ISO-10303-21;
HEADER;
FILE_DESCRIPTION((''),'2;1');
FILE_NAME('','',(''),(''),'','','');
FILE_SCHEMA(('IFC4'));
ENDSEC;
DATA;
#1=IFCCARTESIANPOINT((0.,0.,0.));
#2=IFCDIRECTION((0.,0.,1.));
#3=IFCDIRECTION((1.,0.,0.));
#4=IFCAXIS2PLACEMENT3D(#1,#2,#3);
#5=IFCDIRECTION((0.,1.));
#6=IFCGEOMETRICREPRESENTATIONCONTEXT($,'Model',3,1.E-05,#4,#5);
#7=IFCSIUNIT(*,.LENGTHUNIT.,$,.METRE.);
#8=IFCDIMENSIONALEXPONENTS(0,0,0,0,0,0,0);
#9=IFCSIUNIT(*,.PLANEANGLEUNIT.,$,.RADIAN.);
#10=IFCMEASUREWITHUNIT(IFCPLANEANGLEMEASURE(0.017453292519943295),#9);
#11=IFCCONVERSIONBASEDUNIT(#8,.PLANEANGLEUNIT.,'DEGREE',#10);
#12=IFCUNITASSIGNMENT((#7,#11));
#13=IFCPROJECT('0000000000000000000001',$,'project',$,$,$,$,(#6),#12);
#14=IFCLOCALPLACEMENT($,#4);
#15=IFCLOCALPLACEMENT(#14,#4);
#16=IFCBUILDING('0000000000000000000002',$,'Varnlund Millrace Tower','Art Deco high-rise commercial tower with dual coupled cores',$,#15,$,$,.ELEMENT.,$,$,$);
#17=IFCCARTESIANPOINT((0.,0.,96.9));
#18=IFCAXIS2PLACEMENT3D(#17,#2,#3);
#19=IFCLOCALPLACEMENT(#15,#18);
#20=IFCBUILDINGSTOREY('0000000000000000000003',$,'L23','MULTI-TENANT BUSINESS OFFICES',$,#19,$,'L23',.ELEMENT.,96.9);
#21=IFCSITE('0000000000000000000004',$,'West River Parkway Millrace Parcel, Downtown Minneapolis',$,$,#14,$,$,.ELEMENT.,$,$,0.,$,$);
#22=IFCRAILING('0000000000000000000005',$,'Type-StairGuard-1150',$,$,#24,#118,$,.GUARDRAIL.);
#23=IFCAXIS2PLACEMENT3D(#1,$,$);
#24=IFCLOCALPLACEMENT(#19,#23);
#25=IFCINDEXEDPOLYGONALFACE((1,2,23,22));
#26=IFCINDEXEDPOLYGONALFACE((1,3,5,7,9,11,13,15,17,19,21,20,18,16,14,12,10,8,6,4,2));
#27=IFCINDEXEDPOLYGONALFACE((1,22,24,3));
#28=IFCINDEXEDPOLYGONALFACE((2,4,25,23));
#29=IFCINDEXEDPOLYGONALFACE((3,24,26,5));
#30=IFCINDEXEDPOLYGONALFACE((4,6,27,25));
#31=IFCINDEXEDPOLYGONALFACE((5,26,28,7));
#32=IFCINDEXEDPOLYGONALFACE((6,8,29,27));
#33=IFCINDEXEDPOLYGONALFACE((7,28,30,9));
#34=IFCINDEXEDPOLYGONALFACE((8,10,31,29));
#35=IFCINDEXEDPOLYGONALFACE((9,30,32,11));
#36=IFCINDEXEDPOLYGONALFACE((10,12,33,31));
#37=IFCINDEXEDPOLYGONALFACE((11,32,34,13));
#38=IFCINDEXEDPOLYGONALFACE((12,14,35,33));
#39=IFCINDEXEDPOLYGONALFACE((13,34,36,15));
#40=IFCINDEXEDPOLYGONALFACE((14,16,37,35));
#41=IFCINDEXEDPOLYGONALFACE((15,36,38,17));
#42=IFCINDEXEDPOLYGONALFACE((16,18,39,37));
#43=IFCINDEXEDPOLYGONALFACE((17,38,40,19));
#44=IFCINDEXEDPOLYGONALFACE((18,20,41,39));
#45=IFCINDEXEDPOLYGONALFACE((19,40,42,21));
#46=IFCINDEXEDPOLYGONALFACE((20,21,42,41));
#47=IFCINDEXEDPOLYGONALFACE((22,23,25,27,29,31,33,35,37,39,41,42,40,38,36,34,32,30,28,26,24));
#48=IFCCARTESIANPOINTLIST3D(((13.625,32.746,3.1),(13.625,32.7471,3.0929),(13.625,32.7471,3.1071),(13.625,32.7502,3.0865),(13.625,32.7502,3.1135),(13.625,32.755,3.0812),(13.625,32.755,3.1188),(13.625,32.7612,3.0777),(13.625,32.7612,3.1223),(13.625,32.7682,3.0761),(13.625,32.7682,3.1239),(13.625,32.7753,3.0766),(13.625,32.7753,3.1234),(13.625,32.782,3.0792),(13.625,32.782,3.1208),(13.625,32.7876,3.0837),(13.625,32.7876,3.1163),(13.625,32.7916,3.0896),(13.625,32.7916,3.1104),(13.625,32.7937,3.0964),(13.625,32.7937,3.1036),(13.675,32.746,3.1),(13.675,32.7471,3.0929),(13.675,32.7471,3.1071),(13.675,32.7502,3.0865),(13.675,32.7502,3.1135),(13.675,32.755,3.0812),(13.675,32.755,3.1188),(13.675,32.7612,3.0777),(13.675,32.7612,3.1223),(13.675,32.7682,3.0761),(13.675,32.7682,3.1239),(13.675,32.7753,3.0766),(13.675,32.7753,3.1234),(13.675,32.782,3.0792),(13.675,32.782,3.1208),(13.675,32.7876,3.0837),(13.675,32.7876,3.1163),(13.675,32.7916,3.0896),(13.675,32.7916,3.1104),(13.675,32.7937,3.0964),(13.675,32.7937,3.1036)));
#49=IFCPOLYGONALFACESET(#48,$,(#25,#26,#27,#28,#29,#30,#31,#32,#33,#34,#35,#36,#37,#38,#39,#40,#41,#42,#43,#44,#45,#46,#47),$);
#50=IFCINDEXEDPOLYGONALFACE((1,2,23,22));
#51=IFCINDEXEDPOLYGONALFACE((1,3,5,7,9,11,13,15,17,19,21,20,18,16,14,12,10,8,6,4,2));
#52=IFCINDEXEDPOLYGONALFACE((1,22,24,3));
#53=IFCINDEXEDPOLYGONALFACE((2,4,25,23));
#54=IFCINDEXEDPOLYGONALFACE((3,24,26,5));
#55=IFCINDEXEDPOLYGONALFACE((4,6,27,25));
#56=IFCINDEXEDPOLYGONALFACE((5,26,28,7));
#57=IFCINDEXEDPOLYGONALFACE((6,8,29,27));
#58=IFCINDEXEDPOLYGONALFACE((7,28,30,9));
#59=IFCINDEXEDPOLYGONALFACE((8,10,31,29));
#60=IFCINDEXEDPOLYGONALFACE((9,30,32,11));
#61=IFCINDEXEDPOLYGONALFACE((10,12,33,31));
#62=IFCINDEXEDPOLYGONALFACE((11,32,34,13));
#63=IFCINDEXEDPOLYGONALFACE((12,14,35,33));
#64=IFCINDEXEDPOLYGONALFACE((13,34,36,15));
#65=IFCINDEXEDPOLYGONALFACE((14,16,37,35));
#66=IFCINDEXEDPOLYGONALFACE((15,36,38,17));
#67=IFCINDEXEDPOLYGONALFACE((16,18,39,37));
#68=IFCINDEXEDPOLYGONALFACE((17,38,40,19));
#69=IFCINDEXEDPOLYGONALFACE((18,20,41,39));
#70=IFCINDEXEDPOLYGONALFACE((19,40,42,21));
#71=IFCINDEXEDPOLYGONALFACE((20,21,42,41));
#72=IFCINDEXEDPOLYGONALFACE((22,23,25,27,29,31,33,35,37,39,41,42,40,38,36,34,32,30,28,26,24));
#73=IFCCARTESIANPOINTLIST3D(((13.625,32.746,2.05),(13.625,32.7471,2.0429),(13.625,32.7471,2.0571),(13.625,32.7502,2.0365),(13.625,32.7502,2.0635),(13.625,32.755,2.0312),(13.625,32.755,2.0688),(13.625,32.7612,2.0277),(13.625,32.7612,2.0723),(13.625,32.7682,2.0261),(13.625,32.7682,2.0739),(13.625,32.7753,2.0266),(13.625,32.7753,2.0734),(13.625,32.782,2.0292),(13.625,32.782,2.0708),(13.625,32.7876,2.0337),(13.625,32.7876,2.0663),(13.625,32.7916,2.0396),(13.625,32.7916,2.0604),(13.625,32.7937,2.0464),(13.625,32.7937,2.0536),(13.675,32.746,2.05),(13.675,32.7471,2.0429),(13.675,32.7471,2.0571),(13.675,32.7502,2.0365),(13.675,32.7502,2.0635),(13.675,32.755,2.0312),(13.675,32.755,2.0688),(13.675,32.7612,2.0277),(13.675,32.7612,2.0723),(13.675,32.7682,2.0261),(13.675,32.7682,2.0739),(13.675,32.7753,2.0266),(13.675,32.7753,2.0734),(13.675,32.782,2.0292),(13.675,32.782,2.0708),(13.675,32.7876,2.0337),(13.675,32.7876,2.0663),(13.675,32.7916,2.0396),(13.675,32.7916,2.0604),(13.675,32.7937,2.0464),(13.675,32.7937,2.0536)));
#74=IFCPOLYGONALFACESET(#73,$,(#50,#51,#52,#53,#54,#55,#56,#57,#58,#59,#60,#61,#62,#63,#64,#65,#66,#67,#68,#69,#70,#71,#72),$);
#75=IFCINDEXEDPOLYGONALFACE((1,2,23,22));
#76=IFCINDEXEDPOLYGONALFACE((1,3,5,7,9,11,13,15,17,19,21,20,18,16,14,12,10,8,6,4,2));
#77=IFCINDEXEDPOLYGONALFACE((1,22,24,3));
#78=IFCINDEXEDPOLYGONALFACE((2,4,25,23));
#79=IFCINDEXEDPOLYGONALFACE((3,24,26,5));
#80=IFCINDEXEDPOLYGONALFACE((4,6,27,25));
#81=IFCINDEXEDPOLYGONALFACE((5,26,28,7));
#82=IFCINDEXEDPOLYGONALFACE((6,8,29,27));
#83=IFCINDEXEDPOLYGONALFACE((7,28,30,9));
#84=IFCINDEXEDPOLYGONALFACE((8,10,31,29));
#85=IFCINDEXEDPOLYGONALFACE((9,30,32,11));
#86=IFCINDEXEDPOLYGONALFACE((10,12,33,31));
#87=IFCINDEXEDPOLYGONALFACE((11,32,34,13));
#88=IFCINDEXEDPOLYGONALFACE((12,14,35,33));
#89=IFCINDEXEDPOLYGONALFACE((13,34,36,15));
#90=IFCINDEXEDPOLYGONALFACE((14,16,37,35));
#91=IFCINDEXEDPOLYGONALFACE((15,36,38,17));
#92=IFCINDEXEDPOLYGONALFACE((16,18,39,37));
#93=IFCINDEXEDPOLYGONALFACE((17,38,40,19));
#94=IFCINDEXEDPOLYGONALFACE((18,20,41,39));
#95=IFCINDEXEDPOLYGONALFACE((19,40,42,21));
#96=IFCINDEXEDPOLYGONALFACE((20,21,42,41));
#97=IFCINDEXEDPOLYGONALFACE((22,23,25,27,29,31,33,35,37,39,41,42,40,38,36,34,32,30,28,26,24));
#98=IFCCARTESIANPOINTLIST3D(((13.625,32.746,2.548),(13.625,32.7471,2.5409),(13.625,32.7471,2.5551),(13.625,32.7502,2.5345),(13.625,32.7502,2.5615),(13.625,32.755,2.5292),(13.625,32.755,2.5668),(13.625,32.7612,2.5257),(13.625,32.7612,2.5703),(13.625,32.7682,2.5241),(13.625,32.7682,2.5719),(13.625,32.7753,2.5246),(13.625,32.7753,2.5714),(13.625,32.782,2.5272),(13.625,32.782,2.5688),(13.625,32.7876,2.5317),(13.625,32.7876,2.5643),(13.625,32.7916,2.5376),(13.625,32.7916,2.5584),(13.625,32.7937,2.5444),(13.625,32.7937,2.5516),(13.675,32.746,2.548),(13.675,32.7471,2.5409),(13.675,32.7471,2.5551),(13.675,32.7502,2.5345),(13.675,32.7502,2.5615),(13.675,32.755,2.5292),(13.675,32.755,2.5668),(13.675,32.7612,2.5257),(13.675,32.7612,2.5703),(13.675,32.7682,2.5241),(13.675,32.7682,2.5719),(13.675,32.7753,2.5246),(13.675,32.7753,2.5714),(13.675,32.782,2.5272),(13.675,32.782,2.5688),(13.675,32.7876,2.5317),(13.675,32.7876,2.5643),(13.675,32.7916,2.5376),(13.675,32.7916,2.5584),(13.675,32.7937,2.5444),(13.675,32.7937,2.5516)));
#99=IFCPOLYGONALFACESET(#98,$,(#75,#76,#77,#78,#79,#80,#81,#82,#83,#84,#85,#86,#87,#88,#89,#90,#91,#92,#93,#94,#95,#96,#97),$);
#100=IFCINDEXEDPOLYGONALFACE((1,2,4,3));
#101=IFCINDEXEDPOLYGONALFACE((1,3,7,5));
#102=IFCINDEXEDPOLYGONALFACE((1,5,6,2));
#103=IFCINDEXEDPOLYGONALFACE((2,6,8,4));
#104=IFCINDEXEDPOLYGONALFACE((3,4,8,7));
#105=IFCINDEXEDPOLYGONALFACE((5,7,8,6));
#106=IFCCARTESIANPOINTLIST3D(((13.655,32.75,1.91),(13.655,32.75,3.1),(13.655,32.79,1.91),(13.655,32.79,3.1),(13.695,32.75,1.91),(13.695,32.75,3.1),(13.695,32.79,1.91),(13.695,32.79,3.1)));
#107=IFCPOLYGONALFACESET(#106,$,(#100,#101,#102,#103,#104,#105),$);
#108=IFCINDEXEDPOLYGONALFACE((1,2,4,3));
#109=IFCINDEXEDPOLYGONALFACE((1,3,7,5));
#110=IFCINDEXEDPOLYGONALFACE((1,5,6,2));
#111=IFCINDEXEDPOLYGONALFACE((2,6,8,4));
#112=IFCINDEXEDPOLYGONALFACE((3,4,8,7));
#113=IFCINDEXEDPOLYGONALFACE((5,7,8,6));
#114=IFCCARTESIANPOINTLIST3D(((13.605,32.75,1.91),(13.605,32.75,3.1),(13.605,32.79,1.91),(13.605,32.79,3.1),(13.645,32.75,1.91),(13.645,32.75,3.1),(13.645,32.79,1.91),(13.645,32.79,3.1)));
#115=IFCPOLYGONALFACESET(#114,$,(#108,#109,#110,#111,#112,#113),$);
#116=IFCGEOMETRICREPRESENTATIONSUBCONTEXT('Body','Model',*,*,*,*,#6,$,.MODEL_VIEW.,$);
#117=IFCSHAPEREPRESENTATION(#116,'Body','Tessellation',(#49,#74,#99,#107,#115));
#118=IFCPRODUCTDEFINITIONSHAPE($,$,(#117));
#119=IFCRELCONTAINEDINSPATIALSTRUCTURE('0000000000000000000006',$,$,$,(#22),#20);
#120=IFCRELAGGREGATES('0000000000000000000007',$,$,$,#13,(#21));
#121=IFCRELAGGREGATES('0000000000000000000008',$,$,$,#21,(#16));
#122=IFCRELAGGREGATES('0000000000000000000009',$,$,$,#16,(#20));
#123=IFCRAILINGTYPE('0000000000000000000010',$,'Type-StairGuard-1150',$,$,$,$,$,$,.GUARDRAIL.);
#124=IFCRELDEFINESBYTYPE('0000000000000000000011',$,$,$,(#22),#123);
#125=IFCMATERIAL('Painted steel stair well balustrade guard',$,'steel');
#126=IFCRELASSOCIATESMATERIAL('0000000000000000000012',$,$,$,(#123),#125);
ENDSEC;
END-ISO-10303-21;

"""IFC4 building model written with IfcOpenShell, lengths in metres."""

from ifc_helpers import new_model, entity, si_unit, converted_unit, direction, frame, origin_with_axes, origin_2d_with_axis, place, context, subcontext, project, spatial, rectangle, circle, extrude, material, type_object, element, save


model = new_model("IFC4")

# Units and contexts
model_context = context("Model", 3, precision=1e-05, world=origin_with_axes(), true_north=direction((0.0, 1.0)))
body_context = subcontext(model_context, "Body", "Model", "MODEL_VIEW")
ifc_project = project(units=[si_unit("LENGTHUNIT", "METRE"), converted_unit("PLANEANGLEUNIT", "DEGREE", entity("IfcPlaneAngleMeasure", 0.017453292519943295), si_unit("PLANEANGLEUNIT", "RADIAN"), dimensions=[0, 0, 0, 0, 0, 0, 0])], contexts=[model_context])

# Site, building, storey
site_placement = place(None, origin_with_axes())
site = spatial("IfcSite", under=ifc_project, at=site_placement, Name="West River Parkway Millrace Parcel, Downtown Minneapolis", CompositionType="ELEMENT", RefElevation=0.0)
building_placement = place(site_placement, origin_with_axes())
building = spatial("IfcBuilding", under=site, at=building_placement, Name="Varnlund Millrace Tower", Description="Art Deco high-rise commercial tower with dual coupled cores", CompositionType="ELEMENT")
storey_placement = place(building_placement, frame((0.0, 0.0, 96.9), z_axis=(0.0, 0.0, 1.0), x_axis=(1.0, 0.0, 0.0)))
storey = spatial("IfcBuildingStorey", under=building, at=storey_placement, Name="L23", Description="MULTI-TENANT BUSINESS OFFICES", LongName="L23", CompositionType="ELEMENT", Elevation=96.9)

# Railing
ifc_material_1 = material(Name="Painted steel stair well balustrade guard", Category="steel")
railing_type_1 = type_object("IfcRailingType", Name="Type-StairGuard-1150", PredefinedType="GUARDRAIL", material=ifc_material_1)
railing_1_placement = place(storey_placement, frame((0.0, 0.0, -96.9), z_axis=(0.0, 0.0, 1.0), x_axis=(1.0, 0.0, 0.0)))
element("IfcRailing", 1, at=railing_1_placement, inside=storey, type_object=railing_type_1, Name="Type-StairGuard-1150", PredefinedType="GUARDRAIL", context=body_context, shape_type="SweptSolid", body=[
    extrude(circle(Radius=0.024, at=origin_2d_with_axis()), frame((13.675, 32.77, 100.0), z_axis=(-1.0, 0.0, 0.0), x_axis=(0.0, -1.0, 0.0)), (0.0, 0.0, 1.0), 0.05),
    extrude(circle(Radius=0.024, at=origin_2d_with_axis()), frame((13.675, 32.77, 98.95), z_axis=(-1.0, 0.0, 0.0), x_axis=(0.0, -1.0, 0.0)), (0.0, 0.0, 1.0), 0.05),
    extrude(circle(Radius=0.024, at=origin_2d_with_axis()), frame((13.675, 32.77, 99.448), z_axis=(-1.0, 0.0, 0.0), x_axis=(0.0, -1.0, 0.0)), (0.0, 0.0, 1.0), 0.05),
    extrude(rectangle(XDim=0.04, YDim=0.04, at=origin_2d_with_axis()), frame((13.675, 32.77, 98.81), z_axis=(0.0, 0.0, 1.0), x_axis=(1.0, 0.0, 0.0)), (0.0, 0.0, 1.0), 1.19),
    extrude(rectangle(XDim=0.04, YDim=0.04, at=origin_2d_with_axis()), frame((13.625, 32.77, 98.81), z_axis=(0.0, 0.0, 1.0), x_axis=(1.0, 0.0, 0.0)), (0.0, 0.0, 1.0), 1.19),
])

save(model, "model.ifc")
